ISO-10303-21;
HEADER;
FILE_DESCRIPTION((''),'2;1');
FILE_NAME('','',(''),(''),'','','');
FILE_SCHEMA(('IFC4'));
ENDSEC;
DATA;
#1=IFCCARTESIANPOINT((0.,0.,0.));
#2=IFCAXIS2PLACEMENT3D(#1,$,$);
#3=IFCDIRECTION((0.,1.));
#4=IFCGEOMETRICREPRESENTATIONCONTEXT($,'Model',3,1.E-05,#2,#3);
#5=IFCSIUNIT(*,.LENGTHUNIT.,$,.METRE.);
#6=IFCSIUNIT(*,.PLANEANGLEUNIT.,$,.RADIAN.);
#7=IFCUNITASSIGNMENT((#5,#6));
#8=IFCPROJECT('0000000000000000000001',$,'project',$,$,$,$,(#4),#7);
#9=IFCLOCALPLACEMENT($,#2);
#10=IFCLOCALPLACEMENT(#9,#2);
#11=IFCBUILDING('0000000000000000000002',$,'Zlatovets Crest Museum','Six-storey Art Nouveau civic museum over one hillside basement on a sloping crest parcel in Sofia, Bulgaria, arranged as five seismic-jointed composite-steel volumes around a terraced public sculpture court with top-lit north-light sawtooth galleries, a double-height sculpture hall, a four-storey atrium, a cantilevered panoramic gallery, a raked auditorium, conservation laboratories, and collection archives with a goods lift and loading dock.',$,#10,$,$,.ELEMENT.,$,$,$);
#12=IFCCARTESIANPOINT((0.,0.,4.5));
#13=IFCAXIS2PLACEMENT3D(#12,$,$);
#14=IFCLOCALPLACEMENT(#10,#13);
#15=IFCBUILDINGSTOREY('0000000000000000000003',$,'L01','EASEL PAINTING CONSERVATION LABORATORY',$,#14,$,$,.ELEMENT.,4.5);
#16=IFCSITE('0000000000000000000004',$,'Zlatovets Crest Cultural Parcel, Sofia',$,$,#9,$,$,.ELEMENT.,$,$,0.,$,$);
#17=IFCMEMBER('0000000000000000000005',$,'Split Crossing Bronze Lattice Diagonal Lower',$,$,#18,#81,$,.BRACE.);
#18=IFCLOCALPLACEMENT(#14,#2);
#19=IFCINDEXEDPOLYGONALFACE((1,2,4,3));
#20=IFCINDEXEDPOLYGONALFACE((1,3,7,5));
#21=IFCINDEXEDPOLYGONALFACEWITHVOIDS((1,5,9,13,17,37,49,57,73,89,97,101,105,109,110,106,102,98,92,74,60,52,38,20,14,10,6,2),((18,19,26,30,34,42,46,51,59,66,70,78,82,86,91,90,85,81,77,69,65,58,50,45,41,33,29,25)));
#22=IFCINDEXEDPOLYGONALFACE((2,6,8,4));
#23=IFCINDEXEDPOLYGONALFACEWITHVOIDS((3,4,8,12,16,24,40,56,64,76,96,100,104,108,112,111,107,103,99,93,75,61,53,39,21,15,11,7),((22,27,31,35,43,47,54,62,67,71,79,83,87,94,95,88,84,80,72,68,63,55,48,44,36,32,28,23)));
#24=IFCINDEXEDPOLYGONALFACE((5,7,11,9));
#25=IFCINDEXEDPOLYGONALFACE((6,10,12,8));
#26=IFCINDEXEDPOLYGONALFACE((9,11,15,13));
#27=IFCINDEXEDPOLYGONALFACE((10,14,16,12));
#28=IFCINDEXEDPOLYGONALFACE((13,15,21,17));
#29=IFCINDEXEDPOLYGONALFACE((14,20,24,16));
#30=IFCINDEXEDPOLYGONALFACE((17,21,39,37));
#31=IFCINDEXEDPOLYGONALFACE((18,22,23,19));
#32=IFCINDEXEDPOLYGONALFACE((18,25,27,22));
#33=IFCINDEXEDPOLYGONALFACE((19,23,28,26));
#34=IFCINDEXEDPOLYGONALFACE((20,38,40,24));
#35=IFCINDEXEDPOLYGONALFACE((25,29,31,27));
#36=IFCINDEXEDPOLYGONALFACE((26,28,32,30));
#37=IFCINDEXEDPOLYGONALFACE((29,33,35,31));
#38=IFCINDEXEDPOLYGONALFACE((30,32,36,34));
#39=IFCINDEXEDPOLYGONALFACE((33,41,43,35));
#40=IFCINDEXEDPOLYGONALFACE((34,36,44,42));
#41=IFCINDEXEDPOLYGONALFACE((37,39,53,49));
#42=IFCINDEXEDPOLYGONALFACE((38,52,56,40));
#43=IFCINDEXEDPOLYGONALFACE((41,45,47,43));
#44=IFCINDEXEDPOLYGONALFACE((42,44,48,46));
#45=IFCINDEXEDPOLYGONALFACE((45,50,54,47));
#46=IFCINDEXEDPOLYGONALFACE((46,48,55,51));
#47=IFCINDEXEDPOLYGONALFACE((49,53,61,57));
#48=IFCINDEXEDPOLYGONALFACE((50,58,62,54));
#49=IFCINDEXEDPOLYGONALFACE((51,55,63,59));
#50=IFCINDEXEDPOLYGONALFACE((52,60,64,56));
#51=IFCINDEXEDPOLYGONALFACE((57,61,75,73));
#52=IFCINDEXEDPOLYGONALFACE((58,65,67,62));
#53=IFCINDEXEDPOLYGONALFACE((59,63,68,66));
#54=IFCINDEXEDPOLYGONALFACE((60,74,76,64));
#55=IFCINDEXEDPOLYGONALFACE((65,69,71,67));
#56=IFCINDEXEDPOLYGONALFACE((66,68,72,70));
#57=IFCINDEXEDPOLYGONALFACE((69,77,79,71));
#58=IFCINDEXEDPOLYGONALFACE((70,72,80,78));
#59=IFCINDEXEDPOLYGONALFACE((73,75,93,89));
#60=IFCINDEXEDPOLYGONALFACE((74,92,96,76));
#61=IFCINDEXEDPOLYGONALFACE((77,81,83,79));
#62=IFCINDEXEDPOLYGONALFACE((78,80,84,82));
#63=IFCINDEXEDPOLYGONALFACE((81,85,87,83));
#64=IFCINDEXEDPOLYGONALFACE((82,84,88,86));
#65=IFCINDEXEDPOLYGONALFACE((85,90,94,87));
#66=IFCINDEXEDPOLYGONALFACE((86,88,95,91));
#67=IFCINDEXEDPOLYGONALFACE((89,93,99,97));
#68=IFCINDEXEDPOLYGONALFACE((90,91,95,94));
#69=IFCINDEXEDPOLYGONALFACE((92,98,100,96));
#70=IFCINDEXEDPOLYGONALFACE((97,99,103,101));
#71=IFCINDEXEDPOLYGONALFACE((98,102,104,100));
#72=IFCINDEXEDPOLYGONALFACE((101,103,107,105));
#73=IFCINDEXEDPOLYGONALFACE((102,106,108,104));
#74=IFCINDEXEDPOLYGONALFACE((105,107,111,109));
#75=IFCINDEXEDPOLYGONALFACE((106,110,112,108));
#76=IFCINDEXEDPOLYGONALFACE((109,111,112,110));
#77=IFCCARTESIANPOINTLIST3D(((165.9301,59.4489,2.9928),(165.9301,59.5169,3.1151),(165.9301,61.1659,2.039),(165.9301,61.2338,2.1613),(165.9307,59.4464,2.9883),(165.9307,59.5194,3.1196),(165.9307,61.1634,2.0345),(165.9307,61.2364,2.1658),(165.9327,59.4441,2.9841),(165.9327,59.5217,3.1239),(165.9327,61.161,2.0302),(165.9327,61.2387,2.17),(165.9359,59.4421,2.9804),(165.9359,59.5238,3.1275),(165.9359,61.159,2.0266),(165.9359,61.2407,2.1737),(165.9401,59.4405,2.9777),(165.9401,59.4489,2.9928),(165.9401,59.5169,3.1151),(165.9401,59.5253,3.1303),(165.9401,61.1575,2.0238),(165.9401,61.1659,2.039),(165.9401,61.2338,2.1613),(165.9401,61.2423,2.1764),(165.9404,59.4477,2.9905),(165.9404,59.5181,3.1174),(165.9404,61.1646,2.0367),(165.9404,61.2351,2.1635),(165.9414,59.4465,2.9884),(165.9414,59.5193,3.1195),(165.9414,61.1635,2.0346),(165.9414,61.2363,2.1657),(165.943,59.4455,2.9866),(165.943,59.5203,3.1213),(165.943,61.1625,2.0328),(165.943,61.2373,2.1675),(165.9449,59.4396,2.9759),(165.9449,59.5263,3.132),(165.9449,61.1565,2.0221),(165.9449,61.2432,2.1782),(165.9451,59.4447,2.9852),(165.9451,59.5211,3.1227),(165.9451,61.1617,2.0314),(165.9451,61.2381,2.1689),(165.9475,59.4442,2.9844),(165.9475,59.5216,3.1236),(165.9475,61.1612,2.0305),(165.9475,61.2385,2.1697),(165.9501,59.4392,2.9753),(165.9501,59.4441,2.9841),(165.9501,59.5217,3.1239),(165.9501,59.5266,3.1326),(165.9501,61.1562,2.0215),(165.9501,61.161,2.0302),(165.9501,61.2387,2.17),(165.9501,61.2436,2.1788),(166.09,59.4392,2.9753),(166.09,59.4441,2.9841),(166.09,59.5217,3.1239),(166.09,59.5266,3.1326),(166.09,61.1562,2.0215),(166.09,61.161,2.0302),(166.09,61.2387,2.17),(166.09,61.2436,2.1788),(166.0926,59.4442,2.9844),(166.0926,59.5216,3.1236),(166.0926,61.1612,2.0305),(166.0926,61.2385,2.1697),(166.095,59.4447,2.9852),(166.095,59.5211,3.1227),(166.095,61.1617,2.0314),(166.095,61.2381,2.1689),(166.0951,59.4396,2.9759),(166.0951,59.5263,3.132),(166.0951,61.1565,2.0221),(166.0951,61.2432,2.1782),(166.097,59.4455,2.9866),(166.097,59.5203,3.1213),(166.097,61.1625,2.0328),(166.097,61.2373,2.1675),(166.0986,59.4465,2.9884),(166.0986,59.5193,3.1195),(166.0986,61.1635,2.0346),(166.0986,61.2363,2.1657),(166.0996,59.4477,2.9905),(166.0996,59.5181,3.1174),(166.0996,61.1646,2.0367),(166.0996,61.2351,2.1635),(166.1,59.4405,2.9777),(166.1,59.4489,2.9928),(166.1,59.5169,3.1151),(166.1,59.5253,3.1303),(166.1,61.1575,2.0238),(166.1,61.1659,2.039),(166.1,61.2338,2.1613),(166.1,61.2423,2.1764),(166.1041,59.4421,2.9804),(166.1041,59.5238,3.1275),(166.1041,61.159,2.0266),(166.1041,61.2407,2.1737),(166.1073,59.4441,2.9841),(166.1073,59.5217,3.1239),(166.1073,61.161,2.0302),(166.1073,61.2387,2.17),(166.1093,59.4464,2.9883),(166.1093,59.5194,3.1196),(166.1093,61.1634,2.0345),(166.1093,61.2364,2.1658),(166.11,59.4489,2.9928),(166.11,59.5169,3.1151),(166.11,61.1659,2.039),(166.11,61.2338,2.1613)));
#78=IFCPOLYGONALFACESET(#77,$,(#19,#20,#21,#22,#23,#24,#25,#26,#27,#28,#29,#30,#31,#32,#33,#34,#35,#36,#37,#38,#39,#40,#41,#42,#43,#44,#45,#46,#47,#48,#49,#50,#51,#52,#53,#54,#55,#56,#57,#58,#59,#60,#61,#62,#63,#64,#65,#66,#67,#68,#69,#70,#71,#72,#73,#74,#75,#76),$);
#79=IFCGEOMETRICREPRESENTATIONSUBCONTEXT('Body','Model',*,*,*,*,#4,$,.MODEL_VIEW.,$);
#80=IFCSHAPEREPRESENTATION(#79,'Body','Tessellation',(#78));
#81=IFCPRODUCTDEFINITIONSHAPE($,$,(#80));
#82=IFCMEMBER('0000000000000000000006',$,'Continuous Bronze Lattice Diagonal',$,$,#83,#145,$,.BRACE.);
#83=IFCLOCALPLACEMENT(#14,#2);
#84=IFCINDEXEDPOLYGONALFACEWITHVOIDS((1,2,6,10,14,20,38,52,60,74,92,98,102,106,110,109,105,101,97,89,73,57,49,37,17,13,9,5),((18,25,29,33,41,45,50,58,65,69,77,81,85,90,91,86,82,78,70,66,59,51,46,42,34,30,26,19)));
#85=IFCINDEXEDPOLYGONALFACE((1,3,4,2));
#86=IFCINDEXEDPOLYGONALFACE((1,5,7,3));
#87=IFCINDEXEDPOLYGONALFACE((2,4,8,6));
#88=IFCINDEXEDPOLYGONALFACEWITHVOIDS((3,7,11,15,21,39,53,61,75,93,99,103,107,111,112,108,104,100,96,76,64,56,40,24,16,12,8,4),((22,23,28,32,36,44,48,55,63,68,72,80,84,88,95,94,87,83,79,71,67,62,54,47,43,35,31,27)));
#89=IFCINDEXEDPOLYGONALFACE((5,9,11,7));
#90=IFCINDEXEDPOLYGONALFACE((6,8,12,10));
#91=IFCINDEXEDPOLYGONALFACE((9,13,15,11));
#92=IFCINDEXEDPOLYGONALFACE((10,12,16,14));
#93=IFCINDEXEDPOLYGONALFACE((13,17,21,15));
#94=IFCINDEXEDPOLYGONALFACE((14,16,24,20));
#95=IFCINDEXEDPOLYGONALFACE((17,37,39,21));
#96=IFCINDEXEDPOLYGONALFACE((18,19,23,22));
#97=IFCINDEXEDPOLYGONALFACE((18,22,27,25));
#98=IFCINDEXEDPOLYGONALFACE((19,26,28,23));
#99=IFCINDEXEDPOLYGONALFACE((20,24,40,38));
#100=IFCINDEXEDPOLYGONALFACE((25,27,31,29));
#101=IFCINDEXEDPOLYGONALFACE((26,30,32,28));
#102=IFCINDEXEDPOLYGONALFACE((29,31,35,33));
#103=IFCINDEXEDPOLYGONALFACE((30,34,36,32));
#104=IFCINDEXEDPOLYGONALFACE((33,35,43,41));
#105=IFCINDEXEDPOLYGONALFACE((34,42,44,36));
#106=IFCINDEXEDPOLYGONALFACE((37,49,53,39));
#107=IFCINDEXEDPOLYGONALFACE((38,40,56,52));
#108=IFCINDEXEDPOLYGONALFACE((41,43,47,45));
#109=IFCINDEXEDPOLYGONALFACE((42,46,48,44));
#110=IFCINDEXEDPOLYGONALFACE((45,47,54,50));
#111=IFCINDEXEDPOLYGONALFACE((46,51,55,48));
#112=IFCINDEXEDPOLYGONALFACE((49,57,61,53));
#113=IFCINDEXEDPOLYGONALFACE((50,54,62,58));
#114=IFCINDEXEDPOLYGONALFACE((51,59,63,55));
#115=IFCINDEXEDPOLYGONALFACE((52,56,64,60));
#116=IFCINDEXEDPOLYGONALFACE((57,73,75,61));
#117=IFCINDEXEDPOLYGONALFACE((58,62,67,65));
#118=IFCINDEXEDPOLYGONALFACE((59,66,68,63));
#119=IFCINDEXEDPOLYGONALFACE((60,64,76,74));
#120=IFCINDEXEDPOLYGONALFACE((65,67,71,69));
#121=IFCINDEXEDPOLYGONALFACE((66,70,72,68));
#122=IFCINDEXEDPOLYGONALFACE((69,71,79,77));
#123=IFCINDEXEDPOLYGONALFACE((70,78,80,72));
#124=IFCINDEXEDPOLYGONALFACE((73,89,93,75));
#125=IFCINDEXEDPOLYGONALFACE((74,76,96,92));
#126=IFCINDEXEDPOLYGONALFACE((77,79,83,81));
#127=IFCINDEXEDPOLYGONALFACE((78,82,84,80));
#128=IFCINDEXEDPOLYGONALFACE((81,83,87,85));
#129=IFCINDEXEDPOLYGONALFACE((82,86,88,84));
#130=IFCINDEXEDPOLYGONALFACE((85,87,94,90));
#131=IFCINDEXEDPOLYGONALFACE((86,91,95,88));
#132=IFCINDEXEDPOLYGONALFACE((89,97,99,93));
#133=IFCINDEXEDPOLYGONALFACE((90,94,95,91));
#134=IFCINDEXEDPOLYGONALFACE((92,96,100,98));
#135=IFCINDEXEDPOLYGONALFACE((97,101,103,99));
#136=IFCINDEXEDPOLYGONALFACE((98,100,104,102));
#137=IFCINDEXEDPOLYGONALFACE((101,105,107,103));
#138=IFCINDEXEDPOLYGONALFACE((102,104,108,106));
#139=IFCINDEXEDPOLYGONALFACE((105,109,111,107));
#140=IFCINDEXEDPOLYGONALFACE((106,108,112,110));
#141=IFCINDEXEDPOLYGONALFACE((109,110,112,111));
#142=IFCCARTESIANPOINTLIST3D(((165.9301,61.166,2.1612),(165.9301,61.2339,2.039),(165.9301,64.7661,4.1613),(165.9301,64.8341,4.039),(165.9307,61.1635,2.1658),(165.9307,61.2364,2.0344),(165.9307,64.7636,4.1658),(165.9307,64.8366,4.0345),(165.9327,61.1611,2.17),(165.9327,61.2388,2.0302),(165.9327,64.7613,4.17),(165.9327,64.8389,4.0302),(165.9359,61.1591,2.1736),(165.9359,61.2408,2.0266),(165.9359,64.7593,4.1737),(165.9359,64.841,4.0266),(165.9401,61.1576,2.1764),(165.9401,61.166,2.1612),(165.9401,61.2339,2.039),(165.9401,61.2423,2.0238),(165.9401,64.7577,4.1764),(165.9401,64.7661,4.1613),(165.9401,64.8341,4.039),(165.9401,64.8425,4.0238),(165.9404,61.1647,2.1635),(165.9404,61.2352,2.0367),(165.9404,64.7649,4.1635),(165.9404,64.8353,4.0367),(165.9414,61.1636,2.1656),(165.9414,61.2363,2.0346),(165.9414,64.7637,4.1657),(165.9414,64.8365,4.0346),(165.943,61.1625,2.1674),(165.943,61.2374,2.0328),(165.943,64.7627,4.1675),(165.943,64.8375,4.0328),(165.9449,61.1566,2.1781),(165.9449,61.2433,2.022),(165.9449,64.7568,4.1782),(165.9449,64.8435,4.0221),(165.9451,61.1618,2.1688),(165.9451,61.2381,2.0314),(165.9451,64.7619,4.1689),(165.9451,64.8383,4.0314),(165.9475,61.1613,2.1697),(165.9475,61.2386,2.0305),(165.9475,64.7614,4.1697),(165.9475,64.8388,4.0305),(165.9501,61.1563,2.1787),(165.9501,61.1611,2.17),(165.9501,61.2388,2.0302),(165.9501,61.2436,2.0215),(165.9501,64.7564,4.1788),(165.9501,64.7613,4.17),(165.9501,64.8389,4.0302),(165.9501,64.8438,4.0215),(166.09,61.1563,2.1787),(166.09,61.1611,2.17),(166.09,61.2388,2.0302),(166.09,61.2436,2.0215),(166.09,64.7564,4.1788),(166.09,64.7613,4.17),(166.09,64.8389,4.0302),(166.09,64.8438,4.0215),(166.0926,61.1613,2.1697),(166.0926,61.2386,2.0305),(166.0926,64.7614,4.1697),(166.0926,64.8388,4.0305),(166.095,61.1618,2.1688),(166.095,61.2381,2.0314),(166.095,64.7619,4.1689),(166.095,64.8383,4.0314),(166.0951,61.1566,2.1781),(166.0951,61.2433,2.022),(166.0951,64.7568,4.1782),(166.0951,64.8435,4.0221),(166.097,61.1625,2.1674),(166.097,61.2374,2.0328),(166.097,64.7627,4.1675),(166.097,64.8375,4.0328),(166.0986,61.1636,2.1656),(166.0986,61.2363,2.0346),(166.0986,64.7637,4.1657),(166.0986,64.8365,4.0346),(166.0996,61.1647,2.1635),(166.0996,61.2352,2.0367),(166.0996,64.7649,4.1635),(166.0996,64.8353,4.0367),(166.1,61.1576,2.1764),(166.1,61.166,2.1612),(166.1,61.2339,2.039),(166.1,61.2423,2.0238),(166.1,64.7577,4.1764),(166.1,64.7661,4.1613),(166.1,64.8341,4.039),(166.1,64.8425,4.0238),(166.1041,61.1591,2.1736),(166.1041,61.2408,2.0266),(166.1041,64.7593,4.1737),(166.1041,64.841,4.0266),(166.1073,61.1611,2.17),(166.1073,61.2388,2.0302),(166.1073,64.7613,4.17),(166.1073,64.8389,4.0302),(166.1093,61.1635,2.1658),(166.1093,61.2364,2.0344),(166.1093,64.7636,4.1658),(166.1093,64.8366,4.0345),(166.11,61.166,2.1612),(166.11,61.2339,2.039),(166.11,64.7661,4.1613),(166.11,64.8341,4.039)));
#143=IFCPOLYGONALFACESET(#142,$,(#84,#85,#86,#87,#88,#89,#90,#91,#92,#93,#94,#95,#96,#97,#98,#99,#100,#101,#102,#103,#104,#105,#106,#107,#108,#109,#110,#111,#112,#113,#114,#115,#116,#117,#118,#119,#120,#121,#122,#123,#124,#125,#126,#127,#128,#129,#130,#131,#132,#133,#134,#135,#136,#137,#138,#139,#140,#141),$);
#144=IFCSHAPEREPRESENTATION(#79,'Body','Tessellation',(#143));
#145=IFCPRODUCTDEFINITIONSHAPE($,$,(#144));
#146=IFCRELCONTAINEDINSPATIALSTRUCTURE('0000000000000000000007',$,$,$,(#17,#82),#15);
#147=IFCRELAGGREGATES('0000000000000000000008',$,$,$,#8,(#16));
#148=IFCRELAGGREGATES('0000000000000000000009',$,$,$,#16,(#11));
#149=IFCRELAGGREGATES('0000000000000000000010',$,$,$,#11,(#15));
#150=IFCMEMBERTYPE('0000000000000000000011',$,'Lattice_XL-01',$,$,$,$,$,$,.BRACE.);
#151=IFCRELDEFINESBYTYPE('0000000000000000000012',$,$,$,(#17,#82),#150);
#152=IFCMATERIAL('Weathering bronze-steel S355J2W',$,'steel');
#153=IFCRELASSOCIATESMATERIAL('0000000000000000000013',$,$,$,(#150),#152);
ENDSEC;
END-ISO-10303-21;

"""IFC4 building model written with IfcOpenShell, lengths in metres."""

from ifc_helpers import new_model, si_unit, direction, frame, origin, origin_2d, place, context, subcontext, project, spatial, hollow_rectangle, extrude, material, material_profile, profile_set, type_object, element, save


model = new_model("IFC4")

# Units and contexts
model_context = context("Model", 3, precision=1e-05, world=origin(), true_north=direction((0.0, 1.0)))
body_context = subcontext(model_context, "Body", "Model", "MODEL_VIEW")
ifc_project = project(units=[si_unit("LENGTHUNIT", "METRE"), si_unit("PLANEANGLEUNIT", "RADIAN")], contexts=[model_context])

# Site, building, storey
site_placement = place(None, origin())
site = spatial("IfcSite", under=ifc_project, at=site_placement, Name="Zlatovets Crest Cultural Parcel, Sofia", CompositionType="ELEMENT", RefElevation=0.0)
building_placement = place(site_placement, origin())
building = spatial("IfcBuilding", under=site, at=building_placement, Name="Zlatovets Crest Museum", Description="Six-storey Art Nouveau civic museum over one hillside basement on a sloping crest parcel in Sofia, Bulgaria, arranged as five seismic-jointed composite-steel volumes around a terraced public sculpture court with top-lit north-light sawtooth galleries, a double-height sculpture hall, a four-storey atrium, a cantilevered panoramic gallery, a raked auditorium, conservation laboratories, and collection archives with a goods lift and loading dock.", CompositionType="ELEMENT")
storey_placement = place(building_placement, frame((0.0, 0.0, 4.5)))
storey = spatial("IfcBuildingStorey", under=building, at=storey_placement, Name="L01", Description="EASEL PAINTING CONSERVATION LABORATORY", CompositionType="ELEMENT", Elevation=4.5)

# Members
ifc_material_1 = material(Name="Weathering bronze-steel S355J2W", Category="steel")
ifc_material_profile_1 = material_profile(ifc_material_1, hollow_rectangle(XDim=0.1799, YDim=0.1799, WallThickness=0.01, InnerFilletRadius=0.01, OuterFilletRadius=0.02, at=origin_2d()), Name="SHS 180x180x10.0")
ifc_profile_set_1 = profile_set([ifc_material_profile_1], Name="Weathering bronze-steel S355J2W")
member_type_1 = type_object("IfcMemberType", Name="Lattice_XL-01", PredefinedType="BRACE", material=ifc_profile_set_1)
for number, where, z_axis, x_axis, name in (
    (1, (166.02, 59.4829, 3.054), (0.0, 0.874169, -0.485622), (-1.0, 0.0, 0.0), "Split Crossing Bronze Lattice Diagonal Lower"),
):
    element("IfcMember", number, at=place(storey_placement, frame(where, z_axis=z_axis, x_axis=x_axis)), inside=storey, type_object=member_type_1, Name=name, PredefinedType="BRACE", context=body_context, shape_type="SweptSolid", body=[
        extrude(hollow_rectangle(XDim=0.1799, YDim=0.1799, WallThickness=0.01, InnerFilletRadius=0.01, OuterFilletRadius=0.02, at=origin_2d()), origin(), (0.0, 0.0, 1.0), 1.9641),
    ])
member_1_placement = place(storey_placement, frame((166.02, 61.2, 2.1001), z_axis=(0.0, 0.874163, 0.485633), x_axis=(-1.0, 0.0, 0.0)))
element("IfcMember", 2, at=member_1_placement, inside=storey, type_object=member_type_1, Name="Continuous Bronze Lattice Diagonal", PredefinedType="BRACE", context=body_context, shape_type="SweptSolid", body=[
    extrude(hollow_rectangle(XDim=0.1799, YDim=0.1799, WallThickness=0.01, InnerFilletRadius=0.01, OuterFilletRadius=0.02, at=origin_2d()), origin(), (0.0, 0.0, 1.0), 4.1184),
])

save(model, "model.ifc")
